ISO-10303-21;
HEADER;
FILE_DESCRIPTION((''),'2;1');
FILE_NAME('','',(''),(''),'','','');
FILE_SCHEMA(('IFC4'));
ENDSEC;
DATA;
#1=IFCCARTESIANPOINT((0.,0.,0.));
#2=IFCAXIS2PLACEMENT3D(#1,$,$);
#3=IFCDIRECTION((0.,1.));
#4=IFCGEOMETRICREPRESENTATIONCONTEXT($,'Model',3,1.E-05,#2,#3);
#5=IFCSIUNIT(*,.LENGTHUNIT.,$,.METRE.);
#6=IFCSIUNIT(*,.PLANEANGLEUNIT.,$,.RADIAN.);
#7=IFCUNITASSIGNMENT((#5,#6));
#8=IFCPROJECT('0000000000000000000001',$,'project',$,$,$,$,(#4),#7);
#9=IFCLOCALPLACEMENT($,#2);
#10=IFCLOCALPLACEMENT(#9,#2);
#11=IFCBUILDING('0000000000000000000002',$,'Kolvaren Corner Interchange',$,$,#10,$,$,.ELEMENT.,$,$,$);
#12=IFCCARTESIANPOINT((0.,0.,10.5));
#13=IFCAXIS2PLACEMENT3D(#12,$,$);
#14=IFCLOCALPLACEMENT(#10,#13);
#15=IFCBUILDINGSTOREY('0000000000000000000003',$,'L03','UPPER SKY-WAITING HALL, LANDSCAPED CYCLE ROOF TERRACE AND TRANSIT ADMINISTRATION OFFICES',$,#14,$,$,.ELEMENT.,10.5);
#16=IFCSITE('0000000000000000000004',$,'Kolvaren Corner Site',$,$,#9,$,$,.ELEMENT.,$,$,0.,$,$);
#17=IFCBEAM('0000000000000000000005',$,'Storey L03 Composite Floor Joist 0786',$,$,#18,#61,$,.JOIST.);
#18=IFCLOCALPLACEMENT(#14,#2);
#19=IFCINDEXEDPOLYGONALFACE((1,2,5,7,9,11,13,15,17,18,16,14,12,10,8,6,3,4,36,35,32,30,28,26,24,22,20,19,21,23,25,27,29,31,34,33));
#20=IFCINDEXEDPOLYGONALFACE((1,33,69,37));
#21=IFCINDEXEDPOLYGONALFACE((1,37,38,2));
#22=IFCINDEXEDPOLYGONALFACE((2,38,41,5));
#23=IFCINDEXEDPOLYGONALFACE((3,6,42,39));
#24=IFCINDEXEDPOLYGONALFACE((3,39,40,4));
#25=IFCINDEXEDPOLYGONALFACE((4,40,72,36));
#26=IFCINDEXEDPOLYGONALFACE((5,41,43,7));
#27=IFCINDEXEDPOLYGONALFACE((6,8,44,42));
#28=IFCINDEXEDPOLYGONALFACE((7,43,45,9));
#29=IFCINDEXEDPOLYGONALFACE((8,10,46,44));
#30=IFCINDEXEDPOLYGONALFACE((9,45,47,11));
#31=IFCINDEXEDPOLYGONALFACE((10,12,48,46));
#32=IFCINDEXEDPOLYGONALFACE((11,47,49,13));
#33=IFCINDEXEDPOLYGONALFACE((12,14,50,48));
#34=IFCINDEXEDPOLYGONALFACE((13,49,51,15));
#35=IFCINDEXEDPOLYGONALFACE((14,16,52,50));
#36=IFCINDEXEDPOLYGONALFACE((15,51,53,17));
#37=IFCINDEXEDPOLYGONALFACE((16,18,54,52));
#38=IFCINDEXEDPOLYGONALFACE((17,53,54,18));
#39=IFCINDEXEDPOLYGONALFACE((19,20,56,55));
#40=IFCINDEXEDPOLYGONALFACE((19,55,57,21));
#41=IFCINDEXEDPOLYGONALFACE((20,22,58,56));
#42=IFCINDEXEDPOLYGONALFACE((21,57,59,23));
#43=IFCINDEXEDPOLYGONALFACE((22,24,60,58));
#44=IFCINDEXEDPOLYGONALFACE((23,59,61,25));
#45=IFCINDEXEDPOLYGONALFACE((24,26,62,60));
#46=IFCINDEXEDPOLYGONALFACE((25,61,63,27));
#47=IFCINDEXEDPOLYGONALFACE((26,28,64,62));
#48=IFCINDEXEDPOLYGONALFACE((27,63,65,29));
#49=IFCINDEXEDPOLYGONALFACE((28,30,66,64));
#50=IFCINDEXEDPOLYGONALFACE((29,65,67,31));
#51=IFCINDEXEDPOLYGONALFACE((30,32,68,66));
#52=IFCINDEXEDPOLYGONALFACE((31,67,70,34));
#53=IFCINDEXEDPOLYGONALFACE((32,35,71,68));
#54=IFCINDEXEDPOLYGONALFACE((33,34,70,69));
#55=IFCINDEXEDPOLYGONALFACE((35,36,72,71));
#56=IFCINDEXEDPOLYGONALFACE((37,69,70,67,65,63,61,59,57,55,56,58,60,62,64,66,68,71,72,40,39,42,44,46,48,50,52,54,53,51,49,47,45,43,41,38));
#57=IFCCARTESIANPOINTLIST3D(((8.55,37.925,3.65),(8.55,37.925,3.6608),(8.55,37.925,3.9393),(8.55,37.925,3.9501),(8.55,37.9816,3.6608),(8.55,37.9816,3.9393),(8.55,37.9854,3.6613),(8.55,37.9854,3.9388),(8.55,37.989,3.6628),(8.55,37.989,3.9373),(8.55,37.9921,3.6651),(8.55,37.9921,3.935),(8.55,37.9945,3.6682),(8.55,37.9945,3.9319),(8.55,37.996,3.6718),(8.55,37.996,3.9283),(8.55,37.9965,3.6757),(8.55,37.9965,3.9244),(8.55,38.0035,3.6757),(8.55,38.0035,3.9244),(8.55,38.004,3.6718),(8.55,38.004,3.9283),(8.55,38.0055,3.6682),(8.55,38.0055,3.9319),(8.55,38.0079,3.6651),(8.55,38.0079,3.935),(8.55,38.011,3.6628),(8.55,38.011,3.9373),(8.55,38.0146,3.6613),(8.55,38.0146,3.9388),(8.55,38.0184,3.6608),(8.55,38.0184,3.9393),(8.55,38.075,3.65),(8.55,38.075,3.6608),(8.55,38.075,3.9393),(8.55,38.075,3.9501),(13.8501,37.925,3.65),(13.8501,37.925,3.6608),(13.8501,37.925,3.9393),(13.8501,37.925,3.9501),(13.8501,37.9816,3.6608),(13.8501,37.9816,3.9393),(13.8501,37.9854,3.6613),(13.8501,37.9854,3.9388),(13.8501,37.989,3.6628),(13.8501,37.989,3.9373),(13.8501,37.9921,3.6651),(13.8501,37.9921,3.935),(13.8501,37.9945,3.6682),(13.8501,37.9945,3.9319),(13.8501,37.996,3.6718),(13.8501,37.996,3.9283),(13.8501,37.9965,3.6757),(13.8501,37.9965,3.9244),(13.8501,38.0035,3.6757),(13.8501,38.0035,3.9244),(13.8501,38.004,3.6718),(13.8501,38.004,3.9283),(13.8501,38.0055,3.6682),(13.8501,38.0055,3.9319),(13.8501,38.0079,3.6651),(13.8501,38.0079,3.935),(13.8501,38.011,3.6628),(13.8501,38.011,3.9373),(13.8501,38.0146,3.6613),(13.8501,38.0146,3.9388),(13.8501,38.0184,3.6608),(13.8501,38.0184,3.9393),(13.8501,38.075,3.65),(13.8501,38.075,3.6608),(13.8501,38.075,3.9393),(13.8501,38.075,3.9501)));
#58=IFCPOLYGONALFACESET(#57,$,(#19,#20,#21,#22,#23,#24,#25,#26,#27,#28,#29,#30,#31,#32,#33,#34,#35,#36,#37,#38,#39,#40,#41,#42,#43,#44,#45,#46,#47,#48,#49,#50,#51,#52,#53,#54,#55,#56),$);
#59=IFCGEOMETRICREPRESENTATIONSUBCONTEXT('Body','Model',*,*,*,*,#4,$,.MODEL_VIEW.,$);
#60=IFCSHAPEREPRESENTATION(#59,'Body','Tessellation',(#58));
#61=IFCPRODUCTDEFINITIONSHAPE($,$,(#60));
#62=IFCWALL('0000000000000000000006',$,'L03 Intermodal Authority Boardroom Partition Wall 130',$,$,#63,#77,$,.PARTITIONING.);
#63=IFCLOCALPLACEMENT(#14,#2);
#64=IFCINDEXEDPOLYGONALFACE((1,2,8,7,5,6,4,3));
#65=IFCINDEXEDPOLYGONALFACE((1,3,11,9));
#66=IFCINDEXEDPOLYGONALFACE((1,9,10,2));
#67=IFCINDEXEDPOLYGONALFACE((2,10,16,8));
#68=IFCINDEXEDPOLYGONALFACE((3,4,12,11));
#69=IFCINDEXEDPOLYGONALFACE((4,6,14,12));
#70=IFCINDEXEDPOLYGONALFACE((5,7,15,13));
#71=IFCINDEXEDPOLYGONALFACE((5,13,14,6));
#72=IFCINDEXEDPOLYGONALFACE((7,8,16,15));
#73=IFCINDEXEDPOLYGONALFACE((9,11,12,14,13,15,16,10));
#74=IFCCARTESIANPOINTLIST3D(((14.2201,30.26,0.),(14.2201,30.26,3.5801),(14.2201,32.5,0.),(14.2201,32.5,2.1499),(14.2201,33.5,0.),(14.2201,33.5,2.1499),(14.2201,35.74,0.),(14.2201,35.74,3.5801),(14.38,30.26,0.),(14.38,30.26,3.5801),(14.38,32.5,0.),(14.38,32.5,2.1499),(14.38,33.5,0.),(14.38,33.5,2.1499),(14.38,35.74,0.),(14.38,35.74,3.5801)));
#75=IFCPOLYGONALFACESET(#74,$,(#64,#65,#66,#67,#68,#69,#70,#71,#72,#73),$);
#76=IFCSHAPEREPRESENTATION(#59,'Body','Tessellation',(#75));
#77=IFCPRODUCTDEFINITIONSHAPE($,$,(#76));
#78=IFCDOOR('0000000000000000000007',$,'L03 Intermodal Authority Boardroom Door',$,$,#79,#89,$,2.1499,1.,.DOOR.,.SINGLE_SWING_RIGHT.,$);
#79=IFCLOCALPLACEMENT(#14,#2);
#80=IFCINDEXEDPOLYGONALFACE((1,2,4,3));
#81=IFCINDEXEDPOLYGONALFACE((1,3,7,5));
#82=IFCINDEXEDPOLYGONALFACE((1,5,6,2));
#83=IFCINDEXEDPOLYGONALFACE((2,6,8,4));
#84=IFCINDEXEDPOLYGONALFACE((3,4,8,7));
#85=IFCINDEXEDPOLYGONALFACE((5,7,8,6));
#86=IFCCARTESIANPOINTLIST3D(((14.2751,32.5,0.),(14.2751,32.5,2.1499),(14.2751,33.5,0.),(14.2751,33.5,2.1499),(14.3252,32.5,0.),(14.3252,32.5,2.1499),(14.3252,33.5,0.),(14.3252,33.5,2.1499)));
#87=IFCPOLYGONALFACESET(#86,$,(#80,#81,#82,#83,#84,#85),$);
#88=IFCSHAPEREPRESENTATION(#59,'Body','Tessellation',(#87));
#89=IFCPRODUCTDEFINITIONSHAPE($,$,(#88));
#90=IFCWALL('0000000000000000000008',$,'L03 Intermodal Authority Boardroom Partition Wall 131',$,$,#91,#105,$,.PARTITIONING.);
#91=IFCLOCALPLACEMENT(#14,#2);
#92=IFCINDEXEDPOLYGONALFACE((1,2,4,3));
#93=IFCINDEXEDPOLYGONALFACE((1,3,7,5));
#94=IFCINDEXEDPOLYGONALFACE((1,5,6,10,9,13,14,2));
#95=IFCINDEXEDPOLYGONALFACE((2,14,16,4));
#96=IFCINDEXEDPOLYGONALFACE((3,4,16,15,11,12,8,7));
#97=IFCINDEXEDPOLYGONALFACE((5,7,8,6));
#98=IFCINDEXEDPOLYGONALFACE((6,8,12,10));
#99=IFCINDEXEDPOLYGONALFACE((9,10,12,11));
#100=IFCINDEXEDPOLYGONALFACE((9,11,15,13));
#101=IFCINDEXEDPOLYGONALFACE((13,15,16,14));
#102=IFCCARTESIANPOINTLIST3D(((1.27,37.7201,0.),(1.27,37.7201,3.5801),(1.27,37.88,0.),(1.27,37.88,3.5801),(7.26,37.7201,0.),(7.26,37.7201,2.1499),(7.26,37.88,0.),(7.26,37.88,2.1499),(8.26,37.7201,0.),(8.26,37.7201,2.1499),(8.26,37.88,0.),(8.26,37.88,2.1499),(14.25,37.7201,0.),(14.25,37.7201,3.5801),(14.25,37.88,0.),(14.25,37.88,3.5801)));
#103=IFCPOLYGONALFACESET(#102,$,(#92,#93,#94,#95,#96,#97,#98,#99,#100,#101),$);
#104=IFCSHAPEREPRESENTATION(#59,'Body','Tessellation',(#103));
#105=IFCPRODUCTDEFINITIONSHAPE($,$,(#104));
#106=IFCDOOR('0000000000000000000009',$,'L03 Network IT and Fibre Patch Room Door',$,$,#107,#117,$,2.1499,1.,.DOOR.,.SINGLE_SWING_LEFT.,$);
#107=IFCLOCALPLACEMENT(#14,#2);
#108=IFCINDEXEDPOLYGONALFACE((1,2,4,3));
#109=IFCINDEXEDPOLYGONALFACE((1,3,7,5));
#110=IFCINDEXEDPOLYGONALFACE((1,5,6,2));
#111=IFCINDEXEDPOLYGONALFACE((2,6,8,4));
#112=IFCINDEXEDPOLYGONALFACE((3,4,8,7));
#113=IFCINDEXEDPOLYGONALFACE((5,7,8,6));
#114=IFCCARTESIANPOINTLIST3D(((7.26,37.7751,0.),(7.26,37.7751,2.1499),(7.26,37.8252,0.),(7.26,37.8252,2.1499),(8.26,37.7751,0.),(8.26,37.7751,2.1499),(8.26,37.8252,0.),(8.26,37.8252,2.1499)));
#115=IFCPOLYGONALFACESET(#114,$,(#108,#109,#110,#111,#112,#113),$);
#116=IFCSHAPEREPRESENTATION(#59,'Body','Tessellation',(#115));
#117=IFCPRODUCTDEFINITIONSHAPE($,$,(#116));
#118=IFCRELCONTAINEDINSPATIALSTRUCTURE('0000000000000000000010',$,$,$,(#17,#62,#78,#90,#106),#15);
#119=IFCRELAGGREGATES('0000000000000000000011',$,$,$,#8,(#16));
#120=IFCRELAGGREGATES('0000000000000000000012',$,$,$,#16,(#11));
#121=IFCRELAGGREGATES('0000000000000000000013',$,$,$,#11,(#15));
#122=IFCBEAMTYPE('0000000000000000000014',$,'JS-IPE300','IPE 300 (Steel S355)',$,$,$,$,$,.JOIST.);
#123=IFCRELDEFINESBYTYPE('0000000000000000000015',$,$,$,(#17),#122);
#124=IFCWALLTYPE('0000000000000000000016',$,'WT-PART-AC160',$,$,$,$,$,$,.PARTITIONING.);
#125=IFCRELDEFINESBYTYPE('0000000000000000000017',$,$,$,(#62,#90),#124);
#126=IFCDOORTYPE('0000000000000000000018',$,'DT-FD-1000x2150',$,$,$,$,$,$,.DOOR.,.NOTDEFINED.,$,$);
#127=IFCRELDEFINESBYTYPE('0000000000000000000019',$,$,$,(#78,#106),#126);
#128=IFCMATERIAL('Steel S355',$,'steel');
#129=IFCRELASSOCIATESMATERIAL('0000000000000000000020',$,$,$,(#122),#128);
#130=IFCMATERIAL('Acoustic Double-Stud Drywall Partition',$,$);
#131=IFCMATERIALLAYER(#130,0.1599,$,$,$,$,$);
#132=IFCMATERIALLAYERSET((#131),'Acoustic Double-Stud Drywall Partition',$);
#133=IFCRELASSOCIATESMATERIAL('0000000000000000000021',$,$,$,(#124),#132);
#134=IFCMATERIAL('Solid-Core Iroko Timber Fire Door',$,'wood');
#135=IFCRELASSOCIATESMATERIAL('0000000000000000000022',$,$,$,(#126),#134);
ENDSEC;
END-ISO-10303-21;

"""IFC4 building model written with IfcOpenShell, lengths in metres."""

from ifc_helpers import new_model, si_unit, direction, frame, frame_2d, origin, origin_2d, place, context, subcontext, project, spatial, rectangle, i_section, extrude, material, layer, layer_set, material_profile, profile_set, type_object, element, fill, save


model = new_model("IFC4")

# Units and contexts
model_context = context("Model", 3, precision=1e-05, world=origin(), true_north=direction((0.0, 1.0)))
body_context = subcontext(model_context, "Body", "Model", "MODEL_VIEW")
ifc_project = project(units=[si_unit("LENGTHUNIT", "METRE"), si_unit("PLANEANGLEUNIT", "RADIAN")], contexts=[model_context])

# Site, building, storey
site_placement = place(None, origin())
site = spatial("IfcSite", under=ifc_project, at=site_placement, Name="Kolvaren Corner Site", CompositionType="ELEMENT", RefElevation=0.0)
building_placement = place(site_placement, origin())
building = spatial("IfcBuilding", under=site, at=building_placement, Name="Kolvaren Corner Interchange", CompositionType="ELEMENT")
storey_placement = place(building_placement, frame((0.0, 0.0, 10.5)))
storey = spatial("IfcBuildingStorey", under=building, at=storey_placement, Name="L03", Description="UPPER SKY-WAITING HALL, LANDSCAPED CYCLE ROOF TERRACE AND TRANSIT ADMINISTRATION OFFICES", CompositionType="ELEMENT", Elevation=10.5)

# Beam
ifc_material_1 = material(Name="Steel S355", Category="steel")
ifc_material_profile_1 = material_profile(ifc_material_1, i_section(OverallWidth=0.1499, OverallDepth=0.3, WebThickness=0.0071, FlangeThickness=0.0107, FilletRadius=0.0149, at=origin_2d()), Name="IPE 300")
ifc_profile_set_1 = profile_set([ifc_material_profile_1], Name="Steel S355")
beam_type_1 = type_object("IfcBeamType", Name="JS-IPE300", Description="IPE 300 (Steel S355)", PredefinedType="JOIST", material=ifc_profile_set_1)
for number, where, z_axis, x_axis, name in (
    (1, (8.55, 38.0, 3.8), (1.0, 0.0, 0.0), (0.0, 1.0, 0.0), "Storey L03 Composite Floor Joist 0786"),
):
    element("IfcBeam", number, at=place(storey_placement, frame(where, z_axis=z_axis, x_axis=x_axis)), inside=storey, type_object=beam_type_1, Name=name, PredefinedType="JOIST", context=body_context, shape_type="SweptSolid", body=[
        extrude(i_section(OverallWidth=0.1499, OverallDepth=0.3, WebThickness=0.0071, FlangeThickness=0.0107, FilletRadius=0.0149, at=origin_2d()), origin(), (0.0, 0.0, 1.0), 5.3),
    ])

# Walls, openings, doors
ifc_material_2 = material(Name="Acoustic Double-Stud Drywall Partition")
ifc_layer = layer(ifc_material_2, 0.1599)
ifc_layer_set = layer_set([ifc_layer], Name="Acoustic Double-Stud Drywall Partition")
wall_type = type_object("IfcWallType", Name="WT-PART-AC160", PredefinedType="PARTITIONING", material=ifc_layer_set)
wall_1_placement = place(storey_placement, frame((14.3, 30.26, 0.0), z_axis=(0.0, 0.0, 1.0), x_axis=(0.0, 1.0, 0.0)))
wall_1 = element("IfcWall", 2, at=wall_1_placement, inside=storey, type_object=wall_type, Name="L03 Intermodal Authority Boardroom Partition Wall 130", PredefinedType="PARTITIONING", context=body_context, shape_type="SweptSolid", body=[
    extrude(rectangle(XDim=5.48, YDim=0.1599, at=frame_2d((2.74, 0.0))), origin(), (0.0, 0.0, 1.0), 3.5801),
])
opening_1_placement = place(wall_1_placement, frame((2.24, 0.0, 0.0)))
opening_1 = element("IfcOpeningElement", 3, at=opening_1_placement, cuts=wall_1, PredefinedType="OPENING", context=body_context, shape_type="SweptSolid", body=[
    extrude(rectangle(XDim=1.0, YDim=2.1499, at=frame_2d((0.5, 1.075))), frame((0.0, 0.0898, 0.0), z_axis=(0.0, -1.0, 0.0), x_axis=(1.0, 0.0, 0.0)), (0.0, 0.0, 1.0), 0.1799),
])
ifc_material_3 = material(Name="Solid-Core Iroko Timber Fire Door", Category="wood")
door_type = type_object("IfcDoorType", Name="DT-FD-1000x2150", OperationType="NOTDEFINED", PredefinedType="DOOR", material=ifc_material_3)
door_1_placement = place(opening_1_placement, origin())
door_1 = element("IfcDoor", 4, at=door_1_placement, inside=storey, type_object=door_type, Name="L03 Intermodal Authority Boardroom Door", OperationType="SINGLE_SWING_RIGHT", OverallHeight=2.1499, OverallWidth=1.0, PredefinedType="DOOR", context=body_context, shape_type="SweptSolid", body=[
    extrude(rectangle(XDim=1.0, YDim=2.1499, at=frame_2d((0.5, 1.075))), frame((0.0, 0.0249, 0.0), z_axis=(0.0, -1.0, 0.0), x_axis=(1.0, 0.0, 0.0)), (0.0, 0.0, 1.0), 0.05),
])
fill(opening_1, door_1)
wall_2_placement = place(storey_placement, frame((14.25, 37.8, 0.0), z_axis=(0.0, 0.0, 1.0), x_axis=(-1.0, 0.0, 0.0)))
wall_2 = element("IfcWall", 5, at=wall_2_placement, inside=storey, type_object=wall_type, Name="L03 Intermodal Authority Boardroom Partition Wall 131", PredefinedType="PARTITIONING", context=body_context, shape_type="SweptSolid", body=[
    extrude(rectangle(XDim=12.98, YDim=0.1599, at=frame_2d((6.49, 0.0))), origin(), (0.0, 0.0, 1.0), 3.5801),
])
opening_2_placement = place(wall_2_placement, frame((5.99, 0.0, 0.0)))
opening_2 = element("IfcOpeningElement", 6, at=opening_2_placement, cuts=wall_2, PredefinedType="OPENING", context=body_context, shape_type="SweptSolid", body=[
    extrude(rectangle(XDim=1.0, YDim=2.1499, at=frame_2d((0.5, 1.075))), frame((0.0, 0.0898, 0.0), z_axis=(0.0, -1.0, 0.0), x_axis=(1.0, 0.0, 0.0)), (0.0, 0.0, 1.0), 0.1799),
])
door_2_placement = place(opening_2_placement, origin())
door_2 = element("IfcDoor", 7, at=door_2_placement, inside=storey, type_object=door_type, Name="L03 Network IT and Fibre Patch Room Door", OperationType="SINGLE_SWING_LEFT", OverallHeight=2.1499, OverallWidth=1.0, PredefinedType="DOOR", context=body_context, shape_type="SweptSolid", body=[
    extrude(rectangle(XDim=1.0, YDim=2.1499, at=frame_2d((0.5, 1.075))), frame((0.0, 0.0249, 0.0), z_axis=(0.0, -1.0, 0.0), x_axis=(1.0, 0.0, 0.0)), (0.0, 0.0, 1.0), 0.05),
])
fill(opening_2, door_2)

save(model, "model.ifc")
